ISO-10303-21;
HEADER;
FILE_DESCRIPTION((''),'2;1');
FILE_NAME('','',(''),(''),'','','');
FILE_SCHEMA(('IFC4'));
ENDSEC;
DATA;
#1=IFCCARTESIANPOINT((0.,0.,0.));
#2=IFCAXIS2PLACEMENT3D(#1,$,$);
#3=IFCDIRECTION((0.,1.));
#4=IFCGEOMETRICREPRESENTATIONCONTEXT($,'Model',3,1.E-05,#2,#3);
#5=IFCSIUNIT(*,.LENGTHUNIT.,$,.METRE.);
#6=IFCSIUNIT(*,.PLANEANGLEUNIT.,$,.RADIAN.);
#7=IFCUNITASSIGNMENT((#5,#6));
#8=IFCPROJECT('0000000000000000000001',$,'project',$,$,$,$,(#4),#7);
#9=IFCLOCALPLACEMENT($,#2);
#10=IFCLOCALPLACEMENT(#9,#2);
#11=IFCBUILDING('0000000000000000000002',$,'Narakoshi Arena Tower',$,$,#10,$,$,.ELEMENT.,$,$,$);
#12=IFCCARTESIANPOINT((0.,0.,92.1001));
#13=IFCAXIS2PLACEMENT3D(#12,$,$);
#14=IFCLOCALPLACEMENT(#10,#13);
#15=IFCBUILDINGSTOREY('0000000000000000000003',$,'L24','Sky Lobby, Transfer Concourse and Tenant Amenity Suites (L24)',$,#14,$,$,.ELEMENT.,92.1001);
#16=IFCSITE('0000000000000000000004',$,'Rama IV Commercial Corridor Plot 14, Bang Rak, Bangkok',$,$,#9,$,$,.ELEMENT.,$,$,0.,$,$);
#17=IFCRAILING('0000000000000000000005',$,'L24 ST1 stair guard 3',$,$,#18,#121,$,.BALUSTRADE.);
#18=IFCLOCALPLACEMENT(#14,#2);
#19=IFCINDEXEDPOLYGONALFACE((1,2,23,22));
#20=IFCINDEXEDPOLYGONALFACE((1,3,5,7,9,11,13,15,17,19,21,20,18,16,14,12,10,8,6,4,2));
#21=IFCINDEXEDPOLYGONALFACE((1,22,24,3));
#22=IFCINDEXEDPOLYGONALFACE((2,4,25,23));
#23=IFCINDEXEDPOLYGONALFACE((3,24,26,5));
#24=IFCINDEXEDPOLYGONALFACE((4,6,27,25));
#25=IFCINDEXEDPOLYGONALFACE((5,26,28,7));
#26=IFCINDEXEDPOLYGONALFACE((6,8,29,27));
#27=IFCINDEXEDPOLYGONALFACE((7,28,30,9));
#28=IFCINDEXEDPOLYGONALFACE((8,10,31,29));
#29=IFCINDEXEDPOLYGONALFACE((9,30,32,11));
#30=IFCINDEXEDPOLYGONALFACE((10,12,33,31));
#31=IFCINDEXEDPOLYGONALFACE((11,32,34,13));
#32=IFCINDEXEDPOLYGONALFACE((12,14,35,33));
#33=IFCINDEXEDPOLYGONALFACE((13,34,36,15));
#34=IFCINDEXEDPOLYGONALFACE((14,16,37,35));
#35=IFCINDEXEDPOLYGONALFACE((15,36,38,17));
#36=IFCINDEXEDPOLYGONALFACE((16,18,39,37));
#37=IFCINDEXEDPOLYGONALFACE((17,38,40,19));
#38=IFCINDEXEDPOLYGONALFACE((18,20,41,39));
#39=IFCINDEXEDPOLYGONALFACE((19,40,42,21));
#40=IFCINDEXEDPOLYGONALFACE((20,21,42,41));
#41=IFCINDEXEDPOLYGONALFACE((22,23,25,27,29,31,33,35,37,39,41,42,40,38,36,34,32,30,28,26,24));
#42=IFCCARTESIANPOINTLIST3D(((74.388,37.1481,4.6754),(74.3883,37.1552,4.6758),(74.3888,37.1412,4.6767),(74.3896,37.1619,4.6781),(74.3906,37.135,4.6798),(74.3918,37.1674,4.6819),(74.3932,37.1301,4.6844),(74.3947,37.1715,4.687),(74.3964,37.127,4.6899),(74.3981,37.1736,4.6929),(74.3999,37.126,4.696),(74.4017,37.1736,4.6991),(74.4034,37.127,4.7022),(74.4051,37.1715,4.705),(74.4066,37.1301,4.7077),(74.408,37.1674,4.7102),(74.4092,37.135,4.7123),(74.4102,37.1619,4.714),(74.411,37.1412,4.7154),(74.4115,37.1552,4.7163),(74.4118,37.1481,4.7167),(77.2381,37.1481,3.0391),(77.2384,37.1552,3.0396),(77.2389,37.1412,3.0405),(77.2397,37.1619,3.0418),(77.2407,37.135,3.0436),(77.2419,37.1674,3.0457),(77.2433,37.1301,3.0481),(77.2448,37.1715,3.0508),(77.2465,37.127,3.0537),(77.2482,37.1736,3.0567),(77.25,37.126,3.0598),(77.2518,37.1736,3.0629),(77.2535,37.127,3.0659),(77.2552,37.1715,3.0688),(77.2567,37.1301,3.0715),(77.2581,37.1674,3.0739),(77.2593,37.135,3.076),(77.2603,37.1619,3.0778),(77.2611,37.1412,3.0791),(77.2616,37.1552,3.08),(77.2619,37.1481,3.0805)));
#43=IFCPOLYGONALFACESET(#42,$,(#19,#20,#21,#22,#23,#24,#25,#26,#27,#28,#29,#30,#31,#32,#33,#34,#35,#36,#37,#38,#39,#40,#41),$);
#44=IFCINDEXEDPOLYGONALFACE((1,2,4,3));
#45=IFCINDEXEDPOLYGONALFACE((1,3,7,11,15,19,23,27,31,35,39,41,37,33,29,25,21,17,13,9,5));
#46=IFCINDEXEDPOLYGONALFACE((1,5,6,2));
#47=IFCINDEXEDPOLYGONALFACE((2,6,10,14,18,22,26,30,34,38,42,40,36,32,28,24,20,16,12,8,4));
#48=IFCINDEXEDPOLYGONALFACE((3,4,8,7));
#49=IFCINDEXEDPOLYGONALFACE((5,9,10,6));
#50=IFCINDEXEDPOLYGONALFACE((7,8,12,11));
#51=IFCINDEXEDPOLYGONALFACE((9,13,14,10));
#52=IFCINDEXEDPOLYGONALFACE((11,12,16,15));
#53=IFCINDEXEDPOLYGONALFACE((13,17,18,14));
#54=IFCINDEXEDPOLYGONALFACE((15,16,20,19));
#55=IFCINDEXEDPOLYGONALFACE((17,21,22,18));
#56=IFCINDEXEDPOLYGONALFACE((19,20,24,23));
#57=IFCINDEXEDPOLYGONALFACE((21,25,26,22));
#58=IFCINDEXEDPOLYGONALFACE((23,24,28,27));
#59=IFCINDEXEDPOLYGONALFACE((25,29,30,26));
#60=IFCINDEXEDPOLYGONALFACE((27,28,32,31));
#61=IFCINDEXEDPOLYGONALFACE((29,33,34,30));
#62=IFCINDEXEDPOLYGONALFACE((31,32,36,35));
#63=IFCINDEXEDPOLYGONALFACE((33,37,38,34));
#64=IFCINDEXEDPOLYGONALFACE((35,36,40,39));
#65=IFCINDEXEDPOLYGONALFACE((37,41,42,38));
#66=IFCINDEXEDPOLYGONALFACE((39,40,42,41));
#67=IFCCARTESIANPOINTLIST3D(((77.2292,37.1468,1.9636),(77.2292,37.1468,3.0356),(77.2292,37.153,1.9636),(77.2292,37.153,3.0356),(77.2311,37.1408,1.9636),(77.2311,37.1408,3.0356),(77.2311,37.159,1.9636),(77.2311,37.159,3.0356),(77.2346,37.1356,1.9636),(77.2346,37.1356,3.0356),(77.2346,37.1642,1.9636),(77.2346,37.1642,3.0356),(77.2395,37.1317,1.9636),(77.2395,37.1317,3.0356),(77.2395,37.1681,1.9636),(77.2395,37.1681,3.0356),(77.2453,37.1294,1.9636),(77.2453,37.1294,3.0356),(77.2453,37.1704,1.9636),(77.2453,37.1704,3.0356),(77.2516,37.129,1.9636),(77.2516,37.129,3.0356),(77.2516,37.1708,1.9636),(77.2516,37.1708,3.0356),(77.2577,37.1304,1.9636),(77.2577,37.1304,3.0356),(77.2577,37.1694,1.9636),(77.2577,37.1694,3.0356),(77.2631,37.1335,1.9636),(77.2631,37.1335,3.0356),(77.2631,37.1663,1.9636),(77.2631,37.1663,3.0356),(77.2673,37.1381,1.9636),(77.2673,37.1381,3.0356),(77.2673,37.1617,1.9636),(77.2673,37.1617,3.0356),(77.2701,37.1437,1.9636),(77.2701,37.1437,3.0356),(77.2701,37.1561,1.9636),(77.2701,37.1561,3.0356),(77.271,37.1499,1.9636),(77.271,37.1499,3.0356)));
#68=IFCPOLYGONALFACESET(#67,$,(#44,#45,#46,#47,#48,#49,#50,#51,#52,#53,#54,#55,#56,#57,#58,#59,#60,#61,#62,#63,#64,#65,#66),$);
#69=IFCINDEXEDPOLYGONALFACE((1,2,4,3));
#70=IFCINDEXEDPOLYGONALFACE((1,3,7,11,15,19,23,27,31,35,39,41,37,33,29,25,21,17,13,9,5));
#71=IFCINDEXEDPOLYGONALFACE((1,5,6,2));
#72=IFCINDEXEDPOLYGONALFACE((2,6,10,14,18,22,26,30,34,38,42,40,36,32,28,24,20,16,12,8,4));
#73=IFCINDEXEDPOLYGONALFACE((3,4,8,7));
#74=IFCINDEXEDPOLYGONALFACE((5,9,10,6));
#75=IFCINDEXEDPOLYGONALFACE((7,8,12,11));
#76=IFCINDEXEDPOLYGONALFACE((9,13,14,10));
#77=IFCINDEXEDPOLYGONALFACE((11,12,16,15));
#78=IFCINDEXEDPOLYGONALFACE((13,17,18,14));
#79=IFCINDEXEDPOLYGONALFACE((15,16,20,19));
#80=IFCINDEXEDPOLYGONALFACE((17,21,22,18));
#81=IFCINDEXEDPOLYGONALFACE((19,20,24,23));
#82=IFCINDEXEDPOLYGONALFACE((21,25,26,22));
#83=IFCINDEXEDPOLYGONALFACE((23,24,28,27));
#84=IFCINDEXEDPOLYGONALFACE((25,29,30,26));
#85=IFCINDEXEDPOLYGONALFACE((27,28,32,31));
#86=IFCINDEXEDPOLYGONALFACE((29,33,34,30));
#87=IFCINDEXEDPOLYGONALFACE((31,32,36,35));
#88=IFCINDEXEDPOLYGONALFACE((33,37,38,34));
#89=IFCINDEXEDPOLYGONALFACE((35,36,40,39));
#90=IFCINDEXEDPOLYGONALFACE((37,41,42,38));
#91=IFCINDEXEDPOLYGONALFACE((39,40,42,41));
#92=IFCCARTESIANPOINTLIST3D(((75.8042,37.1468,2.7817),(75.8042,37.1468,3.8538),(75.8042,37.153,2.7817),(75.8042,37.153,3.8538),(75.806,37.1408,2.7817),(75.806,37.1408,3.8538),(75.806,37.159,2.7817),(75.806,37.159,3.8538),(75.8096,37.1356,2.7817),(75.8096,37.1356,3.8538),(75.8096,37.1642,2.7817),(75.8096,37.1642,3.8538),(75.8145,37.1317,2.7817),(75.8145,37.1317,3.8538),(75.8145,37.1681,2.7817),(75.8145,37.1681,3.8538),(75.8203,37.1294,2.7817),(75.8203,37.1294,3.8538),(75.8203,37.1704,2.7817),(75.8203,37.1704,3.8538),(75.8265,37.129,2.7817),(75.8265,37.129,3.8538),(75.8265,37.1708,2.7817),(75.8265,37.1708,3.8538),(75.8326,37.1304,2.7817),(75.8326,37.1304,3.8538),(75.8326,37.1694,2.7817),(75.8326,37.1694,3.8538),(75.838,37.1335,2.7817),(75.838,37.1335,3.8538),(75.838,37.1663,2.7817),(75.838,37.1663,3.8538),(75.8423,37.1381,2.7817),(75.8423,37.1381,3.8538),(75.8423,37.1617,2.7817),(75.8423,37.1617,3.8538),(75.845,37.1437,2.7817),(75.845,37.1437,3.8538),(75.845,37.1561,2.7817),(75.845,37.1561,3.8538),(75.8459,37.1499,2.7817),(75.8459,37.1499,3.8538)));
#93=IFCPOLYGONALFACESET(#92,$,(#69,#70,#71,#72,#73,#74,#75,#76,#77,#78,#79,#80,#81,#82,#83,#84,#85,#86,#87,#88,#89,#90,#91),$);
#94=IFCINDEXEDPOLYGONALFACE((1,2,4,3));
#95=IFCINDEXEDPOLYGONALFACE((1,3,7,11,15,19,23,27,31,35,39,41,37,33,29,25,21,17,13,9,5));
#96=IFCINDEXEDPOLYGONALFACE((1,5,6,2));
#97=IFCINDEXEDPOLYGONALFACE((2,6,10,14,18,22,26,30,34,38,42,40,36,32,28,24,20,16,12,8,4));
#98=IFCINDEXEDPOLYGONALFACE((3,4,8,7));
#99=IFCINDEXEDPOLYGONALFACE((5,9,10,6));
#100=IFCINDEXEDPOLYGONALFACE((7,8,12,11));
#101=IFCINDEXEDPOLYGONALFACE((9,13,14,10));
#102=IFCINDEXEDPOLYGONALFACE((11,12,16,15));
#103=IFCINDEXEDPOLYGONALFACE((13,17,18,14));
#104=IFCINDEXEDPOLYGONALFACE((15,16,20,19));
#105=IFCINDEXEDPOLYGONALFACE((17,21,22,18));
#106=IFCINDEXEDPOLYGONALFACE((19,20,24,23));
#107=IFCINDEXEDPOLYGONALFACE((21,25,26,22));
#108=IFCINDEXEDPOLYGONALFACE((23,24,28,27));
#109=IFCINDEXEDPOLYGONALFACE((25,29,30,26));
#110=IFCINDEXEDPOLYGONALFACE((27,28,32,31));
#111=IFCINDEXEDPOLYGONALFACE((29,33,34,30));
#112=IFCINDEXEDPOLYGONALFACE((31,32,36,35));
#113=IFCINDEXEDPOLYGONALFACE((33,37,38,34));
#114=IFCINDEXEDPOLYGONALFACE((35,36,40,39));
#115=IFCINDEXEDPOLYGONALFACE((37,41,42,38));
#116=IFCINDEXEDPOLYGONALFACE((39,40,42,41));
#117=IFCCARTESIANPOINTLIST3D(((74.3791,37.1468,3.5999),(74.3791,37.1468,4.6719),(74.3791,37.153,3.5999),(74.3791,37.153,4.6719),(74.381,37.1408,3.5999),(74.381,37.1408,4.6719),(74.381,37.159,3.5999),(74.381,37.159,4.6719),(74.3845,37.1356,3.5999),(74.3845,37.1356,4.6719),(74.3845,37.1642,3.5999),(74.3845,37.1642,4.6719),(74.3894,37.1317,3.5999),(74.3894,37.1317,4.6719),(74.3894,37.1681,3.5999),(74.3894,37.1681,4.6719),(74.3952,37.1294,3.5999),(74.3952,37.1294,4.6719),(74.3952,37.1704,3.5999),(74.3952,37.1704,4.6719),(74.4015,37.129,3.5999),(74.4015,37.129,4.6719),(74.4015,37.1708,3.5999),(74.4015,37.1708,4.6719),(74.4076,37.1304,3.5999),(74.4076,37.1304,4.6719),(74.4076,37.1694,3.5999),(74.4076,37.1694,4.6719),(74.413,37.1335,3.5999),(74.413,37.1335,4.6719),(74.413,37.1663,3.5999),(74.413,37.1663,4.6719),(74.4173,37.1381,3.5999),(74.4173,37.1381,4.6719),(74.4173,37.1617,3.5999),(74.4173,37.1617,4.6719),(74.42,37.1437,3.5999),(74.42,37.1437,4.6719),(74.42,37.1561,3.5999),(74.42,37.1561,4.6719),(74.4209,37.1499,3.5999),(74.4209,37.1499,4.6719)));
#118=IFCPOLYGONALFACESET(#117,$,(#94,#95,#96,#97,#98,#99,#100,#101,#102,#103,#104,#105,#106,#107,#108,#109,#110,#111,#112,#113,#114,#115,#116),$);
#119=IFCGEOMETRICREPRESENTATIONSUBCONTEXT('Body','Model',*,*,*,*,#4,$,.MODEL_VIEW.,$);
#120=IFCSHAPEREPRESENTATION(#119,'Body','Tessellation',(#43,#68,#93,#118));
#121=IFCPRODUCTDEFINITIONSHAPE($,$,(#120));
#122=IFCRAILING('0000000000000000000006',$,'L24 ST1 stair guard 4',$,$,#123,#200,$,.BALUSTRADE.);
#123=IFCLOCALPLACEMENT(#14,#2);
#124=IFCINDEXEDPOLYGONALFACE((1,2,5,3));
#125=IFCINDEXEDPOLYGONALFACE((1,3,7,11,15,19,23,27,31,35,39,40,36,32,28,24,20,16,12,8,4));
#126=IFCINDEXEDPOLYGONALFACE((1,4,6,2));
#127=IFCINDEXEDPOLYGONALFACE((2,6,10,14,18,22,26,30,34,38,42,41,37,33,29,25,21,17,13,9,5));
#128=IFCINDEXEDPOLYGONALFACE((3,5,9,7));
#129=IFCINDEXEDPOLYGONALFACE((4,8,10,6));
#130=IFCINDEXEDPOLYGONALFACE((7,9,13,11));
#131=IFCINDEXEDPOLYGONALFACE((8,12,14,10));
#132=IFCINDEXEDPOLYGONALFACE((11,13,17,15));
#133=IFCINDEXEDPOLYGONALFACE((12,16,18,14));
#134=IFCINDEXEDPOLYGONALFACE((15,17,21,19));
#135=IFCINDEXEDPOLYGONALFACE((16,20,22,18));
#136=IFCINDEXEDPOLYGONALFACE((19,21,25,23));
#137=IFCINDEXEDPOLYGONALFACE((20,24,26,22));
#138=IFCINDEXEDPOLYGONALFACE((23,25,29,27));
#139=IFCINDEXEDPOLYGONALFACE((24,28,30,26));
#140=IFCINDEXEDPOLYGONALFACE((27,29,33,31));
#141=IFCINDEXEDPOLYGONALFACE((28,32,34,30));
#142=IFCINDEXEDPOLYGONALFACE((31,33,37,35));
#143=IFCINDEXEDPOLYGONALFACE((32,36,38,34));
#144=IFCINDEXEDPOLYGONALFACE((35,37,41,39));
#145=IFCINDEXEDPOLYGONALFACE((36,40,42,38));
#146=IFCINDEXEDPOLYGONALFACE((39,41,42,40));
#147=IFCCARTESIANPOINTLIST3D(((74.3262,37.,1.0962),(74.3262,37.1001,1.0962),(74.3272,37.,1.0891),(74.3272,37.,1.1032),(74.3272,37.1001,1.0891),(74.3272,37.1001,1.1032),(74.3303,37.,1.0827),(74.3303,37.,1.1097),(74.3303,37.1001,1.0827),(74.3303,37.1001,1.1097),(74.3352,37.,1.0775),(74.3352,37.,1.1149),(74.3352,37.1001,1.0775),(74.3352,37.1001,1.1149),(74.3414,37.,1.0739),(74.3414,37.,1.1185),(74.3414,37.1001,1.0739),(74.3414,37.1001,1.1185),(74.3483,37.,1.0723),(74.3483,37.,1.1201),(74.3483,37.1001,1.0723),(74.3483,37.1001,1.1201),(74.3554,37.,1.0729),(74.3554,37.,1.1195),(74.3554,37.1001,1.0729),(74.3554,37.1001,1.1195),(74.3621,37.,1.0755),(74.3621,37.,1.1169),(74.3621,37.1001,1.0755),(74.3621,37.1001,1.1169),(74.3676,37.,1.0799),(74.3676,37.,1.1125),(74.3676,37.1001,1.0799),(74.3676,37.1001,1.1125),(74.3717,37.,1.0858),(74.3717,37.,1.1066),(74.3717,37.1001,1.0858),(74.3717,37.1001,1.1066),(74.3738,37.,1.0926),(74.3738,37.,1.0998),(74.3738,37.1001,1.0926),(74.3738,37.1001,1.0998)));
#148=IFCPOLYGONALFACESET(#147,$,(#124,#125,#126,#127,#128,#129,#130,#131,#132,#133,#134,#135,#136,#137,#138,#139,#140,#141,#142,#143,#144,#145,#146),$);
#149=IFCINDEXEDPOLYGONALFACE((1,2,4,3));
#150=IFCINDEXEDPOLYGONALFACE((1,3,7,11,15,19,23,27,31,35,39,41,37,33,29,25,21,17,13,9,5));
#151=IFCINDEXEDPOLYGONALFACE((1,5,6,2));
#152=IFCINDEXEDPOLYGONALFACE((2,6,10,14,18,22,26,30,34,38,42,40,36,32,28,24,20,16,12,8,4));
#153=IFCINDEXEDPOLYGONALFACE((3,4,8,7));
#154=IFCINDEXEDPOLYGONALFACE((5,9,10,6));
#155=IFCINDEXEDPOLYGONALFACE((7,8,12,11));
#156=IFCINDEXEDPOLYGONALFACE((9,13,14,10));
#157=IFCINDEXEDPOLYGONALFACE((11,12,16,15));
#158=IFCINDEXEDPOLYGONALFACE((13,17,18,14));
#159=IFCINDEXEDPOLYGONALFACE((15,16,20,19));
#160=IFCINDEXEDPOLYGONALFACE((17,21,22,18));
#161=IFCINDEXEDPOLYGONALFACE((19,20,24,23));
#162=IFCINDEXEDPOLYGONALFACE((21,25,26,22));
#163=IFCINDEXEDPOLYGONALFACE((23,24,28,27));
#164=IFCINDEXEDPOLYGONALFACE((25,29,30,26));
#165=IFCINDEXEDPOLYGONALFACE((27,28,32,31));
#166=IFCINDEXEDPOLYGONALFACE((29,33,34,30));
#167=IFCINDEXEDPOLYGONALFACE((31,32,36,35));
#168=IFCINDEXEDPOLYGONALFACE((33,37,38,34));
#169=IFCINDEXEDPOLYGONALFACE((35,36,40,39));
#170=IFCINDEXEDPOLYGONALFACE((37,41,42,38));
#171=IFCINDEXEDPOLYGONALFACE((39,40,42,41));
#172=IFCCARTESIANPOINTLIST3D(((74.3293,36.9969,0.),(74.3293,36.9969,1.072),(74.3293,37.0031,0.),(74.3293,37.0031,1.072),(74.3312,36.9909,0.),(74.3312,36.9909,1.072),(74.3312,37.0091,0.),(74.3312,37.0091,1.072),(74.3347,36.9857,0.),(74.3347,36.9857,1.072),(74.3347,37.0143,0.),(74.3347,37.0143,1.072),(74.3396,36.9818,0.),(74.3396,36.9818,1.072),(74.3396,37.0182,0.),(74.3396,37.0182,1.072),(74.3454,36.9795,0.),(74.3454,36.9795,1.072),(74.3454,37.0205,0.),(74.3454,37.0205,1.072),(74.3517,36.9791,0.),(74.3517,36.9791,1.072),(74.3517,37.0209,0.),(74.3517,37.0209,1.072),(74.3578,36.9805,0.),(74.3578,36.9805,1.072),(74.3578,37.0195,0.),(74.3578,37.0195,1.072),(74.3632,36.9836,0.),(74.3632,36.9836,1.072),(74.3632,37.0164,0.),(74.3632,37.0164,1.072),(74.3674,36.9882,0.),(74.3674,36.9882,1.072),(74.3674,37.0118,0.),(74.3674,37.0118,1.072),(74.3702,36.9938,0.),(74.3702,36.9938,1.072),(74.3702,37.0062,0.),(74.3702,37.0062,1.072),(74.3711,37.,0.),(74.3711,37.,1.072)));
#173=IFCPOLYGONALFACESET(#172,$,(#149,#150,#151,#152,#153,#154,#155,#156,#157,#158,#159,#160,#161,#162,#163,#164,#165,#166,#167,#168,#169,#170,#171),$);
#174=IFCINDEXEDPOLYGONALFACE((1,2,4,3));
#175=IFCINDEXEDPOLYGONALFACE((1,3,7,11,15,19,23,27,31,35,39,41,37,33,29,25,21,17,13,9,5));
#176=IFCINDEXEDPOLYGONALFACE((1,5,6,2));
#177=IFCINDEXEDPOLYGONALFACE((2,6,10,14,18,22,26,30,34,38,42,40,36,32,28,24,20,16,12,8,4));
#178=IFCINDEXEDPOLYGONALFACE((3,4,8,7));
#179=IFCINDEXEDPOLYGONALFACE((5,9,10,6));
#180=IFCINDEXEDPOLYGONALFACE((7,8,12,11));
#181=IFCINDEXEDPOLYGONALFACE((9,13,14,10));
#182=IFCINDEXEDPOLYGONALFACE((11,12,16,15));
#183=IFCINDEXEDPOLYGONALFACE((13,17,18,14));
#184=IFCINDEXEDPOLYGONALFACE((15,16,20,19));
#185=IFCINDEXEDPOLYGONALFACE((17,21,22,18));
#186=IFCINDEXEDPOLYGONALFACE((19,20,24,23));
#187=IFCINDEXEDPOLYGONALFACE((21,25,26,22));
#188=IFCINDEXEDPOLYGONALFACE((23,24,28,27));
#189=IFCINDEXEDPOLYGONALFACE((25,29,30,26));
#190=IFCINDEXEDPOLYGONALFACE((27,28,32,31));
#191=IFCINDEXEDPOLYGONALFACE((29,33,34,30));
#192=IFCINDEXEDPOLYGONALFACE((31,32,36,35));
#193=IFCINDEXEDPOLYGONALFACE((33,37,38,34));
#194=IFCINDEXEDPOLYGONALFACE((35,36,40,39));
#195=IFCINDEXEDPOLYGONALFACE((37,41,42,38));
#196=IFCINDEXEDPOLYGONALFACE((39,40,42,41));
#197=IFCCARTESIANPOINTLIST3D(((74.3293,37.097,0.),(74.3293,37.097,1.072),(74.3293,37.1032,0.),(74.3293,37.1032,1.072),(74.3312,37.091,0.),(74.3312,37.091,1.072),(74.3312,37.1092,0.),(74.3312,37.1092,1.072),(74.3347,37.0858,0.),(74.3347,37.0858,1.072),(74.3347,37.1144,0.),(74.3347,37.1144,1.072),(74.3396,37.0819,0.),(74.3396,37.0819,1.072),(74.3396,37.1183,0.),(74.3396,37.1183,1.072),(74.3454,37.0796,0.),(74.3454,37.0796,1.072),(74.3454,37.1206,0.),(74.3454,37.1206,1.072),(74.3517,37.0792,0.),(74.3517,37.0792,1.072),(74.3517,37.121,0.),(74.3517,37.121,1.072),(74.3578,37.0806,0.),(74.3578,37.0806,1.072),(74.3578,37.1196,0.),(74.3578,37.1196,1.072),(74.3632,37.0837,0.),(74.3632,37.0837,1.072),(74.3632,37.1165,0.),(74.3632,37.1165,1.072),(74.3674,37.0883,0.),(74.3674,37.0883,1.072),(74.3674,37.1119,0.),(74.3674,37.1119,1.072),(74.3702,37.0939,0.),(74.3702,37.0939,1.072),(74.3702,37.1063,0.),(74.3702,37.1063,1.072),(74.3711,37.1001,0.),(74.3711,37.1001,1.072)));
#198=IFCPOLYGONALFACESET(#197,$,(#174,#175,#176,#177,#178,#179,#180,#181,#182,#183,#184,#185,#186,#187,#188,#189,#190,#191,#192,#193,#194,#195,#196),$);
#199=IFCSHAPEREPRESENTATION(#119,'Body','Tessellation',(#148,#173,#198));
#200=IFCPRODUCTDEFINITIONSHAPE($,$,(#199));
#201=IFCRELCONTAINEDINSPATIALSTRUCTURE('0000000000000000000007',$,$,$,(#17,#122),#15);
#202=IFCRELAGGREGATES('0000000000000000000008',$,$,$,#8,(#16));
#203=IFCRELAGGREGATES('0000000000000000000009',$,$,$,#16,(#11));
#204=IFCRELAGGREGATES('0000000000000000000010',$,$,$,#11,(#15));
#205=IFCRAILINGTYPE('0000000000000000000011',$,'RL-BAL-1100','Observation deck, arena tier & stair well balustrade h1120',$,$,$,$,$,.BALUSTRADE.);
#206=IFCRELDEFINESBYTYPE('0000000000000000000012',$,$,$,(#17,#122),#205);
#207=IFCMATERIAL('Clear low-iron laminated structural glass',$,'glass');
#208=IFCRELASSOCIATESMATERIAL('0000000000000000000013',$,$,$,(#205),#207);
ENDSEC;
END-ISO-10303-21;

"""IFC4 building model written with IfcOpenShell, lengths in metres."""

from ifc_helpers import new_model, si_unit, direction, frame, origin, origin_2d, place, context, subcontext, project, spatial, circle, extrude, material, type_object, element, save


model = new_model("IFC4")

# Units and contexts
model_context = context("Model", 3, precision=1e-05, world=origin(), true_north=direction((0.0, 1.0)))
body_context = subcontext(model_context, "Body", "Model", "MODEL_VIEW")
ifc_project = project(units=[si_unit("LENGTHUNIT", "METRE"), si_unit("PLANEANGLEUNIT", "RADIAN")], contexts=[model_context])

# Site, building, storey
site_placement = place(None, origin())
site = spatial("IfcSite", under=ifc_project, at=site_placement, Name="Rama IV Commercial Corridor Plot 14, Bang Rak, Bangkok", CompositionType="ELEMENT", RefElevation=0.0)
building_placement = place(site_placement, origin())
building = spatial("IfcBuilding", under=site, at=building_placement, Name="Narakoshi Arena Tower", CompositionType="ELEMENT")
storey_placement = place(building_placement, frame((0.0, 0.0, 92.1001)))
storey = spatial("IfcBuildingStorey", under=building, at=storey_placement, Name="L24", Description="Sky Lobby, Transfer Concourse and Tenant Amenity Suites (L24)", CompositionType="ELEMENT", Elevation=92.1001)

# Railings
ifc_material_1 = material(Name="Clear low-iron laminated structural glass", Category="glass")
railing_type_1 = type_object("IfcRailingType", Name="RL-BAL-1100", Description="Observation deck, arena tier & stair well balustrade h1120", PredefinedType="BALUSTRADE", material=ifc_material_1)
railing_1_placement = place(storey_placement, frame((77.25, 37.1499, 1.9636)))
element("IfcRailing", 1, at=railing_1_placement, inside=storey, type_object=railing_type_1, Name="L24 ST1 stair guard 3", PredefinedType="BALUSTRADE", context=body_context, shape_type="SweptSolid", body=[
    extrude(circle(Radius=0.0239, at=origin_2d()), frame((0.0, 0.0, 1.0962), z_axis=(-0.867245, 0.0, 0.497882), x_axis=(0.0, -1.0, 0.0)), (0.0, 0.0, 1.0), 3.2864),
    extrude(circle(Radius=0.021, at=origin_2d()), origin(), (0.0, 0.0, 1.0), 1.072),
    extrude(circle(Radius=0.021, at=origin_2d()), frame((-1.425, 0.0, 0.8181)), (0.0, 0.0, 1.0), 1.072),
    extrude(circle(Radius=0.021, at=origin_2d()), frame((-2.8501, 0.0, 1.6362)), (0.0, 0.0, 1.0), 1.072),
])
railing_2_placement = place(storey_placement, frame((74.3501, 37.0, 0.0)))
element("IfcRailing", 2, at=railing_2_placement, inside=storey, type_object=railing_type_1, Name="L24 ST1 stair guard 4", PredefinedType="BALUSTRADE", context=body_context, shape_type="SweptSolid", body=[
    extrude(circle(Radius=0.0239, at=origin_2d()), frame((0.0, 0.0, 1.0962), z_axis=(0.0, 1.0, 0.0), x_axis=(-1.0, 0.0, 0.0)), (0.0, 0.0, 1.0), 0.1001),
    extrude(circle(Radius=0.021, at=origin_2d()), origin(), (0.0, 0.0, 1.0), 1.072),
    extrude(circle(Radius=0.021, at=origin_2d()), frame((0.0, 0.1001, 0.0)), (0.0, 0.0, 1.0), 1.072),
])

save(model, "model.ifc")
